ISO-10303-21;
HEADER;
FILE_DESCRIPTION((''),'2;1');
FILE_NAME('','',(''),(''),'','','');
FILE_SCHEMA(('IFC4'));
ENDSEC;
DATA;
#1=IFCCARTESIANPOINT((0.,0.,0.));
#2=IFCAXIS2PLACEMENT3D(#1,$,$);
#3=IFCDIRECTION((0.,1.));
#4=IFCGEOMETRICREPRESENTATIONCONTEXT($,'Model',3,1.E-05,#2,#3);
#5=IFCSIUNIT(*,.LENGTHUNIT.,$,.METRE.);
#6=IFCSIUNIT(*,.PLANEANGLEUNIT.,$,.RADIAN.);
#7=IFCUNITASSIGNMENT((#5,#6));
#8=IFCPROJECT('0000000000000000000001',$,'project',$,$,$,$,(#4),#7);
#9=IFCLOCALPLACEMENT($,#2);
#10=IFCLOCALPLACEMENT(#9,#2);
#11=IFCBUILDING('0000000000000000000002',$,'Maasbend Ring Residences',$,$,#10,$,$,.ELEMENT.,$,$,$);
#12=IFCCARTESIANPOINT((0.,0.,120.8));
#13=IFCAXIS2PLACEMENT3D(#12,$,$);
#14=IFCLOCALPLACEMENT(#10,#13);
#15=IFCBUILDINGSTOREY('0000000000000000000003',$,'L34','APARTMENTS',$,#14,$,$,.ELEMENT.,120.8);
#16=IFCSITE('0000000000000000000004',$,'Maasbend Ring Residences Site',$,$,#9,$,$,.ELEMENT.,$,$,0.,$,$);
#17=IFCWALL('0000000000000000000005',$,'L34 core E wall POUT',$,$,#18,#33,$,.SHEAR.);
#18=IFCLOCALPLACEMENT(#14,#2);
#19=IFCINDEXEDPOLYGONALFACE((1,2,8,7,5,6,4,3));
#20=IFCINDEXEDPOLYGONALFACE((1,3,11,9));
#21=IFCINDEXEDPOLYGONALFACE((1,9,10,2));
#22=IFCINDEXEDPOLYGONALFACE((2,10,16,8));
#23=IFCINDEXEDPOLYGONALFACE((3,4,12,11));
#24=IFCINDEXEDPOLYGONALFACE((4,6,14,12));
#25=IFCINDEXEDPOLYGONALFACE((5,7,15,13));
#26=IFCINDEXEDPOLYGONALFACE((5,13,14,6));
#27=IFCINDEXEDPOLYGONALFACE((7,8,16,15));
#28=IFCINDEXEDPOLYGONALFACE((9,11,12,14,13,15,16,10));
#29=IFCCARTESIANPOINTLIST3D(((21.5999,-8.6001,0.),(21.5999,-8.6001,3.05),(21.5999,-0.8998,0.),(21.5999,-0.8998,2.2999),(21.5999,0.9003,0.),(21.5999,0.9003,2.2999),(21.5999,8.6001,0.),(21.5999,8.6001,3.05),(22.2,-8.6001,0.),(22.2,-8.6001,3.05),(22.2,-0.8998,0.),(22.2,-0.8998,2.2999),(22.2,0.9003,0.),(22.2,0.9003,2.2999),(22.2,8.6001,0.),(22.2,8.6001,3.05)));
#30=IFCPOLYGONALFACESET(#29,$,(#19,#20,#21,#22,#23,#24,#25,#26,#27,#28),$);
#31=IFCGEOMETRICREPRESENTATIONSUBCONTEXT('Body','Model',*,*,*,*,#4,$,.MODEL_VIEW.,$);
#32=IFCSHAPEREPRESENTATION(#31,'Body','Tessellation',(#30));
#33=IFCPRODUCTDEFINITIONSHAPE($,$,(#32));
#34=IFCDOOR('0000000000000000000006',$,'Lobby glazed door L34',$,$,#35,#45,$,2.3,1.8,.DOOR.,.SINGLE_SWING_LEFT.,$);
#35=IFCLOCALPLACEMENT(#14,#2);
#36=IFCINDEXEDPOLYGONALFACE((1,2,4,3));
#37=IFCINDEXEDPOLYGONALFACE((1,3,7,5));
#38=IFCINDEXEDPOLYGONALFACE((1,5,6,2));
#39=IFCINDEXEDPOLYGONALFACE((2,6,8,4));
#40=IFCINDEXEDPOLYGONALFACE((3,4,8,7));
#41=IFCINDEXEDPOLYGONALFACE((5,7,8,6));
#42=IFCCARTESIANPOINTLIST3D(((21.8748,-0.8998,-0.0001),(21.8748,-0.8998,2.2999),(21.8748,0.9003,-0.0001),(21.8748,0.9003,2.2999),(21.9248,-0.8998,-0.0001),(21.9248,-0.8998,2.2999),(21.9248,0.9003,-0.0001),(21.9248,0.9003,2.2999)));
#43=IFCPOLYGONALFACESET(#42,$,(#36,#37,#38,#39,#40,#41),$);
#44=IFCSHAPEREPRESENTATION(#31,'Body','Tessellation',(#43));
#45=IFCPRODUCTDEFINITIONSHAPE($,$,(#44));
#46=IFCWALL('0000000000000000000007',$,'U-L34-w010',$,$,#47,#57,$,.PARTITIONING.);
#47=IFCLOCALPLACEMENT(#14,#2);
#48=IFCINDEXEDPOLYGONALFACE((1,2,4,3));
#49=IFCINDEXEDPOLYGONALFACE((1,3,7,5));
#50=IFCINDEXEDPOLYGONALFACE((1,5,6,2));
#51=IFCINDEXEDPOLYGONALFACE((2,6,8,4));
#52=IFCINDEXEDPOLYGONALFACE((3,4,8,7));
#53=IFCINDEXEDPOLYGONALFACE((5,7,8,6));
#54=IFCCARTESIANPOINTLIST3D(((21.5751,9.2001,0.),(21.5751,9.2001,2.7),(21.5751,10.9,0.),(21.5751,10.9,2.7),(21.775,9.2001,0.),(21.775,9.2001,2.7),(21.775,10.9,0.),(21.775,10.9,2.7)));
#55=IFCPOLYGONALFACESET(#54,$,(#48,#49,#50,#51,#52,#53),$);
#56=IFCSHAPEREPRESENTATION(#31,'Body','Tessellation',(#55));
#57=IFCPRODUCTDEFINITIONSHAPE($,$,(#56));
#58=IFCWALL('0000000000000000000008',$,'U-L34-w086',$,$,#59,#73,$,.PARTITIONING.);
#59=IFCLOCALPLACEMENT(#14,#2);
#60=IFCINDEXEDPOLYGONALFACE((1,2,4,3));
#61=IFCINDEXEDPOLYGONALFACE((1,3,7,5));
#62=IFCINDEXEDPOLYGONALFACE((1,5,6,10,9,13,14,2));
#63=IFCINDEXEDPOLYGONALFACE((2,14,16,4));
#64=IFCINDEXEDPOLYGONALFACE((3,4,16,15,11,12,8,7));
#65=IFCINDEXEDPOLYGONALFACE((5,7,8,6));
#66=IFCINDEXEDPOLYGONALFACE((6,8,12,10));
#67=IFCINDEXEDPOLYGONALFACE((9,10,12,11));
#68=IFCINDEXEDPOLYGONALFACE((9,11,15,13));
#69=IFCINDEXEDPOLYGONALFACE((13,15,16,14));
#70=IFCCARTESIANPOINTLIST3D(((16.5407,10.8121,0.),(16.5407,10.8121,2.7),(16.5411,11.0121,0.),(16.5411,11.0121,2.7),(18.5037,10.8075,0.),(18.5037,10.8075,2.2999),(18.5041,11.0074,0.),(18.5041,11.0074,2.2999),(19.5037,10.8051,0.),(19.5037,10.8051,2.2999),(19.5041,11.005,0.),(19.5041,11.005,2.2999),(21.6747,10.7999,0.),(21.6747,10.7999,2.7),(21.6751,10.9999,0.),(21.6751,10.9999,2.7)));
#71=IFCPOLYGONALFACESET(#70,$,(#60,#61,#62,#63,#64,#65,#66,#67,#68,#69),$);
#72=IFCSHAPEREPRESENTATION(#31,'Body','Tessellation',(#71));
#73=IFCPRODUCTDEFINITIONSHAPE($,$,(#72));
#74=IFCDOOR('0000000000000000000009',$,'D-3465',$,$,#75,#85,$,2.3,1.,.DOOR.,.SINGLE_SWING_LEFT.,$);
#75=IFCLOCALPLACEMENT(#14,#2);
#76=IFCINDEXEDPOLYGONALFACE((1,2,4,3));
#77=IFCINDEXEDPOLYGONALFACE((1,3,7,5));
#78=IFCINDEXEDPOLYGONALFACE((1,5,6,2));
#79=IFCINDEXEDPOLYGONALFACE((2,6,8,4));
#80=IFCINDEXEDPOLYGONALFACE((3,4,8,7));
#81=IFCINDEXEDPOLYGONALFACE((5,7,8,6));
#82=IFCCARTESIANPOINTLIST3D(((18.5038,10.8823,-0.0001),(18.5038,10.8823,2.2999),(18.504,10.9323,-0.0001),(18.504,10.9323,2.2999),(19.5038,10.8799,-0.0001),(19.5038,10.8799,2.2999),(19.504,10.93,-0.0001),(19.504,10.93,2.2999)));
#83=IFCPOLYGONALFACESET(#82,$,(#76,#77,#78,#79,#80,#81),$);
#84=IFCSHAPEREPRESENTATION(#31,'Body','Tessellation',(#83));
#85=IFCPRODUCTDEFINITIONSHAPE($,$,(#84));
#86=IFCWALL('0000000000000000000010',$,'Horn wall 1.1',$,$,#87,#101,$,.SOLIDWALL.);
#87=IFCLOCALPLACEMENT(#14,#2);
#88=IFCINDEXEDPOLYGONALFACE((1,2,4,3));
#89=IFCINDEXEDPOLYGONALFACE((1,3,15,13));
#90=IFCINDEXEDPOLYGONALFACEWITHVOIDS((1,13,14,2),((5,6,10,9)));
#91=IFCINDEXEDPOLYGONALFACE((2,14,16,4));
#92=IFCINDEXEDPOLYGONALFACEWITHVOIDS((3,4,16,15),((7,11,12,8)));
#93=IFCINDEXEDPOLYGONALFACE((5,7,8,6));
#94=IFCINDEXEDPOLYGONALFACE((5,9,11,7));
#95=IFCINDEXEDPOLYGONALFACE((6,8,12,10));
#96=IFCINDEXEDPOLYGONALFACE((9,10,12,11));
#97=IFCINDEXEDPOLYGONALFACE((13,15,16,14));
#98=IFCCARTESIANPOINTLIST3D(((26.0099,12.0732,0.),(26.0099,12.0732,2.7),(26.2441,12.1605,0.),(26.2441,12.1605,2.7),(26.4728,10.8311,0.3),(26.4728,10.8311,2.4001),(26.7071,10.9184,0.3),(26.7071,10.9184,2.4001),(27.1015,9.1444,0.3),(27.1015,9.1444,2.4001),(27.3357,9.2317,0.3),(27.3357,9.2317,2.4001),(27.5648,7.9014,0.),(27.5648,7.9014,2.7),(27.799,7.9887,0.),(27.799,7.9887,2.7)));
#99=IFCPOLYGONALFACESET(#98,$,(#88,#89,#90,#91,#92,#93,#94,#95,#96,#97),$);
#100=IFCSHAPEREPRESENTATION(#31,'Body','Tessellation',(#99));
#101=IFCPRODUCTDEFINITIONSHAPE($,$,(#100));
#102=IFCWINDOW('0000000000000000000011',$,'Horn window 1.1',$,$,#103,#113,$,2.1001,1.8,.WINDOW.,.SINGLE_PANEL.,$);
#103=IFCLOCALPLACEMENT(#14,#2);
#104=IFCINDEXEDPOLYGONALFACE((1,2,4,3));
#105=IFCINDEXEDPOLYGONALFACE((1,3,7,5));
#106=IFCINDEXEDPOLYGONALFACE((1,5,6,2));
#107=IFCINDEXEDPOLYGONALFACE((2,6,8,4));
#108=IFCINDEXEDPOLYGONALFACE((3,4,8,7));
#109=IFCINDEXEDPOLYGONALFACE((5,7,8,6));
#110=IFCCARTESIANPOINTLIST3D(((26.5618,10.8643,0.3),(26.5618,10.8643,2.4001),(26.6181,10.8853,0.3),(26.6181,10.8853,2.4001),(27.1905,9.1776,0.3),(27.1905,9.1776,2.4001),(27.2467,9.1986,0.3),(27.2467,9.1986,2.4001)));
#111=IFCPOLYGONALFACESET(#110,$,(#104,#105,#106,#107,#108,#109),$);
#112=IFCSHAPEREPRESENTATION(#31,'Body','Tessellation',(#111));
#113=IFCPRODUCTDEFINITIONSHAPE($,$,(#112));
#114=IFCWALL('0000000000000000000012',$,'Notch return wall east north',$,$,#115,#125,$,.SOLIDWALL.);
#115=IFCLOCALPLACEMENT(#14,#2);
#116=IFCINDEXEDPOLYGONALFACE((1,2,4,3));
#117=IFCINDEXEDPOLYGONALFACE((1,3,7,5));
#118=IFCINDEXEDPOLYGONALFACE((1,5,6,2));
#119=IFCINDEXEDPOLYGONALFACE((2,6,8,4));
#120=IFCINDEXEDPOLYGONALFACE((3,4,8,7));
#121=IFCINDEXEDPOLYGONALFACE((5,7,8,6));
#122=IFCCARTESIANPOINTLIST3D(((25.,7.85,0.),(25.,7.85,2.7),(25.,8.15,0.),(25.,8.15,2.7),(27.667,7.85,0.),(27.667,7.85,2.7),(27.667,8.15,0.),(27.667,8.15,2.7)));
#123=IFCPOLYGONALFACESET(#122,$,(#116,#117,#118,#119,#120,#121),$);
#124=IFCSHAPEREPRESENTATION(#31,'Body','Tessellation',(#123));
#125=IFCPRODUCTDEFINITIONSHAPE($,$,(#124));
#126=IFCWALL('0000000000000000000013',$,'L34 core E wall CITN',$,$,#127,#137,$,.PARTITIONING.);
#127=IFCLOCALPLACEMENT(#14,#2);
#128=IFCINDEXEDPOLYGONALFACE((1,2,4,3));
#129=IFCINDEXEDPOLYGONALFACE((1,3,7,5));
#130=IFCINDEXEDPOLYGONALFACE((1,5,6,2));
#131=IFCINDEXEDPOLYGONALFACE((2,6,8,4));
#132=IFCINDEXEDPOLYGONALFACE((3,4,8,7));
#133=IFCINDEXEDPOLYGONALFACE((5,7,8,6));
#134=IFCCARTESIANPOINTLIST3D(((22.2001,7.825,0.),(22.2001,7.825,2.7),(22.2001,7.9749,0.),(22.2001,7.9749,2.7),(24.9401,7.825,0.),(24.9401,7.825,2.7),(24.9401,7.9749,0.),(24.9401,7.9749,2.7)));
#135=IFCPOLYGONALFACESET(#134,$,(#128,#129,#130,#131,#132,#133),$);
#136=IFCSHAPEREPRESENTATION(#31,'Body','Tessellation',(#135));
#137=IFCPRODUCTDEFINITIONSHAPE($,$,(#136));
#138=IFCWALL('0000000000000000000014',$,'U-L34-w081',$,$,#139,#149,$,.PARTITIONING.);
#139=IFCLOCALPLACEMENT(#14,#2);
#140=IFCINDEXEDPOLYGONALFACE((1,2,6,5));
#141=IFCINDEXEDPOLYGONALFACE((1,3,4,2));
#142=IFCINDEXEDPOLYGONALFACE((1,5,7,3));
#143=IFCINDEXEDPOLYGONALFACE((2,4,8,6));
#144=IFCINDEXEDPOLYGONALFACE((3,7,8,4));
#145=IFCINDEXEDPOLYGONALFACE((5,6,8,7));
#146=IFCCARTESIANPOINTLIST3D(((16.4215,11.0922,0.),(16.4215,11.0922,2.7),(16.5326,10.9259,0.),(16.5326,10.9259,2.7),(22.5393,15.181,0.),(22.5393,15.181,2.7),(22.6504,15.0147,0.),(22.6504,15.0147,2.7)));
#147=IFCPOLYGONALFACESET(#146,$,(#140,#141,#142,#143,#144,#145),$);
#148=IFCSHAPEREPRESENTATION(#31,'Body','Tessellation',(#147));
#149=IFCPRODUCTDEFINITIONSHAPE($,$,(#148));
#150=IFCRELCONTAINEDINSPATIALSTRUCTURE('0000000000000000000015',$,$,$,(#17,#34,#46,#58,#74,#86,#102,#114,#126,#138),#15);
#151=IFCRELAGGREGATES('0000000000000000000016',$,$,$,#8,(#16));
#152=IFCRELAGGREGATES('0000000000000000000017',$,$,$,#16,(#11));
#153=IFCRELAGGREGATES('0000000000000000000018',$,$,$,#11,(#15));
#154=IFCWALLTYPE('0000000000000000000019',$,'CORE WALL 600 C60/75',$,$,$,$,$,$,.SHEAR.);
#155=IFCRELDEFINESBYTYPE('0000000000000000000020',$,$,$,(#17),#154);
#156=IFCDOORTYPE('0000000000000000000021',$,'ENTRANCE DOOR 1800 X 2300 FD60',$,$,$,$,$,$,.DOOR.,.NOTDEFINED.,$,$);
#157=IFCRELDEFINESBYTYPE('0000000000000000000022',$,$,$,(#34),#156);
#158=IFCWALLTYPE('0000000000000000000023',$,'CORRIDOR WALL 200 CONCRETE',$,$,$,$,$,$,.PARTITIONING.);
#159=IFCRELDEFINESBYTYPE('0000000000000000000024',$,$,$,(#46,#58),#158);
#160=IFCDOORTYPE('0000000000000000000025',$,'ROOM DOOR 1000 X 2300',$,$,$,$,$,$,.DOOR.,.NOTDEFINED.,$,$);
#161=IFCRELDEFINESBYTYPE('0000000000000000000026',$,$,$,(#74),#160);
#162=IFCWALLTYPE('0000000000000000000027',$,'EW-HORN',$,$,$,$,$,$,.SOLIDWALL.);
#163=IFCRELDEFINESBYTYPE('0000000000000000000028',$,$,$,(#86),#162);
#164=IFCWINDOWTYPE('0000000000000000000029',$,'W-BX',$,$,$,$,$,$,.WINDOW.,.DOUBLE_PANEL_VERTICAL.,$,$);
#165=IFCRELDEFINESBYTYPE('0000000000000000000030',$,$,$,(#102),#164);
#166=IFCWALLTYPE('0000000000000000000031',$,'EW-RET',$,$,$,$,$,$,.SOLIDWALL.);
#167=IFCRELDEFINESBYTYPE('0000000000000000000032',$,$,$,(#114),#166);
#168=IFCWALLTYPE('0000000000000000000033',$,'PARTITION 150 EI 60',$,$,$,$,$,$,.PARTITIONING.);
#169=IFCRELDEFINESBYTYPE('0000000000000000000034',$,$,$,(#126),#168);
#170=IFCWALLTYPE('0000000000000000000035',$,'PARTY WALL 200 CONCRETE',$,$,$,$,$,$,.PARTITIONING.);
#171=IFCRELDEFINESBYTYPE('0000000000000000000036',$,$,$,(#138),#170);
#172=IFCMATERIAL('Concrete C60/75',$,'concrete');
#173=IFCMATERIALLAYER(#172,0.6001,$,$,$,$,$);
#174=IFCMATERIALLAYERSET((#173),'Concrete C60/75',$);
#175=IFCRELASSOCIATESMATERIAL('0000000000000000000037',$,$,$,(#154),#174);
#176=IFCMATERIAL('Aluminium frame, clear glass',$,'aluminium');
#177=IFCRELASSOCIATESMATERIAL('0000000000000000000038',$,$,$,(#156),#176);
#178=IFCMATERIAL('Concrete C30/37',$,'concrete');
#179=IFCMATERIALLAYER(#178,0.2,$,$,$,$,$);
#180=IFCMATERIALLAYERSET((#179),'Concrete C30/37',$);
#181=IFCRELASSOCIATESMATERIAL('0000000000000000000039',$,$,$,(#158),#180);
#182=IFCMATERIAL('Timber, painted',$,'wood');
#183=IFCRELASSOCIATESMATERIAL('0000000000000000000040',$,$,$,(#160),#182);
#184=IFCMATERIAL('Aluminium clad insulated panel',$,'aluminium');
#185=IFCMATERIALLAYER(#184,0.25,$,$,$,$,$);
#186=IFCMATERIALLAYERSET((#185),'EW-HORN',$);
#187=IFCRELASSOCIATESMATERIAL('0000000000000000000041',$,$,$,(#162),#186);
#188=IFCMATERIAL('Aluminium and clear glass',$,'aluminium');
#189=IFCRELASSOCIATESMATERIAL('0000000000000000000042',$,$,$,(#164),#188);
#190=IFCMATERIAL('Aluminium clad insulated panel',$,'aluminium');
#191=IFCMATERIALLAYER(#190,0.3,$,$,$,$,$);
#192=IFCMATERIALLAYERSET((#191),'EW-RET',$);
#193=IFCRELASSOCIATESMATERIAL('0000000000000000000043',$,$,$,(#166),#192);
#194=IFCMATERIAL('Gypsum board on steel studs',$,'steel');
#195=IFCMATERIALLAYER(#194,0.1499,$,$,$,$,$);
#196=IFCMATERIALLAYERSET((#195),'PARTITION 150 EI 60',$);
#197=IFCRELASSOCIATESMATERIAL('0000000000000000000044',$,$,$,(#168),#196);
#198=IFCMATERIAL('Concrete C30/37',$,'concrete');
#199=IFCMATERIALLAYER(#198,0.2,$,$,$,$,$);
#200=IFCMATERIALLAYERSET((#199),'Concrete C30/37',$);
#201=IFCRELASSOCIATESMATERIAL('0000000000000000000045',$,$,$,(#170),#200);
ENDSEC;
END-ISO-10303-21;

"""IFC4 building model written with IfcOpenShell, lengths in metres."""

from ifc_helpers import new_model, si_unit, direction, frame, frame_2d, origin, place, context, subcontext, project, spatial, rectangle, extrude, material, layer, layer_set, type_object, element, fill, save


model = new_model("IFC4")

# Units and contexts
model_context = context("Model", 3, precision=1e-05, world=origin(), true_north=direction((0.0, 1.0)))
body_context = subcontext(model_context, "Body", "Model", "MODEL_VIEW")
ifc_project = project(units=[si_unit("LENGTHUNIT", "METRE"), si_unit("PLANEANGLEUNIT", "RADIAN")], contexts=[model_context])

# Site, building, storey
site_placement = place(None, origin())
site = spatial("IfcSite", under=ifc_project, at=site_placement, Name="Maasbend Ring Residences Site", CompositionType="ELEMENT", RefElevation=0.0)
building_placement = place(site_placement, origin())
building = spatial("IfcBuilding", under=site, at=building_placement, Name="Maasbend Ring Residences", CompositionType="ELEMENT")
storey_placement = place(building_placement, frame((0.0, 0.0, 120.8)))
storey = spatial("IfcBuildingStorey", under=building, at=storey_placement, Name="L34", Description="APARTMENTS", CompositionType="ELEMENT", Elevation=120.8)

# Wall, opening, door
ifc_material_1 = material(Name="Concrete C60/75", Category="concrete")
ifc_layer_1 = layer(ifc_material_1, 0.6001)
ifc_layer_set_1 = layer_set([ifc_layer_1], Name="Concrete C60/75")
wall_type_1 = type_object("IfcWallType", Name="CORE WALL 600 C60/75", PredefinedType="SHEAR", material=ifc_layer_set_1)
wall_1_placement = place(storey_placement, frame((21.8999, 8.6001, 0.0), z_axis=(0.0, 0.0, 1.0), x_axis=(0.0, -1.0, 0.0)))
wall_1 = element("IfcWall", 1, at=wall_1_placement, inside=storey, type_object=wall_type_1, Name="L34 core E wall POUT", PredefinedType="SHEAR", context=body_context, shape_type="SweptSolid", body=[
    extrude(rectangle(XDim=17.2002, YDim=0.6001, at=frame_2d((8.6001, 0.0))), origin(), (0.0, 0.0, 1.0), 3.05),
])
opening_1_placement = place(wall_1_placement, frame((7.7, 0.0, 0.0)))
opening_1 = element("IfcOpeningElement", 2, at=opening_1_placement, cuts=wall_1, PredefinedType="OPENING", context=body_context, shape_type="SweptSolid", body=[
    extrude(rectangle(XDim=1.8, YDim=2.3, at=frame_2d((0.8999, 1.1499))), frame((0.0, 0.3101, 0.0), z_axis=(0.0, -1.0, 0.0), x_axis=(1.0, 0.0, 0.0)), (0.0, 0.0, 1.0), 0.6201),
])
ifc_material_2 = material(Name="Aluminium frame, clear glass", Category="aluminium")
door_type_1 = type_object("IfcDoorType", Name="ENTRANCE DOOR 1800 X 2300 FD60", OperationType="NOTDEFINED", PredefinedType="DOOR", material=ifc_material_2)
door_1_placement = place(opening_1_placement, origin())
door_1 = element("IfcDoor", 3, at=door_1_placement, inside=storey, type_object=door_type_1, Name="Lobby glazed door L34", OperationType="SINGLE_SWING_LEFT", OverallHeight=2.3, OverallWidth=1.8, PredefinedType="DOOR", context=body_context, shape_type="SweptSolid", body=[
    extrude(rectangle(XDim=1.8, YDim=2.3, at=frame_2d((0.8999, 1.1499))), frame((0.0, 0.0249, 0.0), z_axis=(0.0, -1.0, 0.0), x_axis=(1.0, 0.0, 0.0)), (0.0, 0.0, 1.0), 0.05),
])
fill(opening_1, door_1)

# Wall
ifc_material_3 = material(Name="Concrete C30/37", Category="concrete")
ifc_layer_2 = layer(ifc_material_3, 0.2)
ifc_layer_set_2 = layer_set([ifc_layer_2], Name="Concrete C30/37")
wall_type_2 = type_object("IfcWallType", Name="CORRIDOR WALL 200 CONCRETE", PredefinedType="PARTITIONING", material=ifc_layer_set_2)
wall_2_placement = place(storey_placement, frame((21.675, 9.2, 0.0), z_axis=(0.0, 0.0, 1.0), x_axis=(0.0, 1.0, 0.0)))
element("IfcWall", 4, at=wall_2_placement, inside=storey, type_object=wall_type_2, Name="U-L34-w010", PredefinedType="PARTITIONING", context=body_context, shape_type="SweptSolid", body=[
    extrude(rectangle(XDim=1.7, YDim=0.2, at=frame_2d((0.8501, 0.0))), origin(), (0.0, 0.0, 1.0), 2.7),
])

# Wall, opening, door
wall_3_placement = place(storey_placement, frame((16.541, 10.9121, 0.0), z_axis=(0.0, 0.0, 1.0), x_axis=(0.999997, -0.002378, 0.0)))
wall_3 = element("IfcWall", 5, at=wall_3_placement, inside=storey, type_object=wall_type_2, Name="U-L34-w086", PredefinedType="PARTITIONING", context=body_context, shape_type="SweptSolid", body=[
    extrude(rectangle(XDim=5.134, YDim=0.2, at=frame_2d((2.5669, 0.0))), origin(), (0.0, 0.0, 1.0), 2.7),
])
opening_2_placement = place(wall_3_placement, frame((1.9629, 0.0, 0.0)))
opening_2 = element("IfcOpeningElement", 6, at=opening_2_placement, cuts=wall_3, PredefinedType="OPENING", context=body_context, shape_type="SweptSolid", body=[
    extrude(rectangle(XDim=1.0, YDim=2.3, at=frame_2d((0.5, 1.1499))), frame((0.0, 0.1099, 0.0), z_axis=(0.0, -1.0, 0.0), x_axis=(1.0, 0.0, 0.0)), (0.0, 0.0, 1.0), 0.22),
])
ifc_material_4 = material(Name="Timber, painted", Category="wood")
door_type_2 = type_object("IfcDoorType", Name="ROOM DOOR 1000 X 2300", OperationType="NOTDEFINED", PredefinedType="DOOR", material=ifc_material_4)
door_2_placement = place(opening_2_placement, origin())
door_2 = element("IfcDoor", 7, at=door_2_placement, inside=storey, type_object=door_type_2, Name="D-3465", OperationType="SINGLE_SWING_LEFT", OverallHeight=2.3, OverallWidth=1.0, PredefinedType="DOOR", context=body_context, shape_type="SweptSolid", body=[
    extrude(rectangle(XDim=1.0, YDim=2.3, at=frame_2d((0.5, 1.1499))), frame((0.0, 0.0249, 0.0), z_axis=(0.0, -1.0, 0.0), x_axis=(1.0, 0.0, 0.0)), (0.0, 0.0, 1.0), 0.05),
])
fill(opening_2, door_2)

# Wall, opening, window
ifc_material_5 = material(Name="Aluminium clad insulated panel", Category="aluminium")
ifc_layer_3 = layer(ifc_material_5, 0.25)
ifc_layer_set_3 = layer_set([ifc_layer_3], Name="EW-HORN")
wall_type_3 = type_object("IfcWallType", Name="EW-HORN", PredefinedType="SOLIDWALL", material=ifc_layer_set_3)
wall_4_placement = place(storey_placement, frame((27.6819, 7.9451, 0.0), z_axis=(0.0, 0.0, 1.0), x_axis=(-0.349248, 0.93703, 0.0)))
wall_4 = element("IfcWall", 8, at=wall_4_placement, inside=storey, type_object=wall_type_3, Name="Horn wall 1.1", PredefinedType="SOLIDWALL", context=body_context, shape_type="SweptSolid", body=[
    extrude(rectangle(XDim=4.4521, YDim=0.25, at=frame_2d((2.2261, 0.0))), origin(), (0.0, 0.0, 1.0), 2.7),
])
opening_3_placement = place(wall_4_placement, frame((1.3267, 0.0, 0.3)))
opening_3 = element("IfcOpeningElement", 9, at=opening_3_placement, cuts=wall_4, PredefinedType="OPENING", context=body_context, shape_type="SweptSolid", body=[
    extrude(rectangle(XDim=1.8, YDim=2.1001, at=frame_2d((0.8999, 1.05))), frame((0.0, 0.135, 0.0), z_axis=(0.0, -1.0, 0.0), x_axis=(1.0, 0.0, 0.0)), (0.0, 0.0, 1.0), 0.27),
])
ifc_material_6 = material(Name="Aluminium and clear glass", Category="aluminium")
window_type = type_object("IfcWindowType", Name="W-BX", PartitioningType="DOUBLE_PANEL_VERTICAL", PredefinedType="WINDOW", material=ifc_material_6)
window_placement = place(opening_3_placement, origin())
window = element("IfcWindow", 10, at=window_placement, inside=storey, type_object=window_type, Name="Horn window 1.1", OverallHeight=2.1001, OverallWidth=1.8, PartitioningType="SINGLE_PANEL", PredefinedType="WINDOW", context=body_context, shape_type="SweptSolid", body=[
    extrude(rectangle(XDim=1.8, YDim=2.1001, at=frame_2d((0.8999, 1.05))), frame((0.0, 0.03, 0.0), z_axis=(0.0, -1.0, 0.0), x_axis=(1.0, 0.0, 0.0)), (0.0, 0.0, 1.0), 0.0601),
])
fill(opening_3, window)

# Walls
ifc_material_7 = material(Name="Aluminium clad insulated panel", Category="aluminium")
ifc_layer_4 = layer(ifc_material_7, 0.3)
ifc_layer_set_4 = layer_set([ifc_layer_4], Name="EW-RET")
wall_type_4 = type_object("IfcWallType", Name="EW-RET", PredefinedType="SOLIDWALL", material=ifc_layer_set_4)
wall_5_placement = place(storey_placement, frame((25.0, 8.0, 0.0), z_axis=(0.0, 0.0, 1.0), x_axis=(1.0, 0.0, 0.0)))
element("IfcWall", 11, at=wall_5_placement, inside=storey, type_object=wall_type_4, Name="Notch return wall east north", PredefinedType="SOLIDWALL", context=body_context, shape_type="SweptSolid", body=[
    extrude(rectangle(XDim=2.667, YDim=0.3, at=frame_2d((1.3335, 0.0))), origin(), (0.0, 0.0, 1.0), 2.7),
])
ifc_material_8 = material(Name="Gypsum board on steel studs", Category="steel")
ifc_layer_5 = layer(ifc_material_8, 0.1499)
ifc_layer_set_5 = layer_set([ifc_layer_5], Name="PARTITION 150 EI 60")
wall_type_5 = type_object("IfcWallType", Name="PARTITION 150 EI 60", PredefinedType="PARTITIONING", material=ifc_layer_set_5)
wall_6_placement = place(storey_placement, frame((22.2, 7.8999, 0.0), z_axis=(0.0, 0.0, 1.0), x_axis=(1.0, 0.0, 0.0)))
element("IfcWall", 12, at=wall_6_placement, inside=storey, type_object=wall_type_5, Name="L34 core E wall CITN", PredefinedType="PARTITIONING", context=body_context, shape_type="SweptSolid", body=[
    extrude(rectangle(XDim=2.74, YDim=0.1499, at=frame_2d((1.3701, 0.0))), origin(), (0.0, 0.0, 1.0), 2.7),
])
ifc_material_9 = material(Name="Concrete C30/37", Category="concrete")
ifc_layer_6 = layer(ifc_material_9, 0.2)
ifc_layer_set_6 = layer_set([ifc_layer_6], Name="Concrete C30/37")
wall_type_6 = type_object("IfcWallType", Name="PARTY WALL 200 CONCRETE", PredefinedType="PARTITIONING", material=ifc_layer_set_6)
wall_7_placement = place(storey_placement, frame((16.4771, 11.009, 0.0), z_axis=(0.0, 0.0, 1.0), x_axis=(0.831407, 0.555665, 0.0)))
element("IfcWall", 13, at=wall_7_placement, inside=storey, type_object=wall_type_6, Name="U-L34-w081", PredefinedType="PARTITIONING", context=body_context, shape_type="SweptSolid", body=[
    extrude(rectangle(XDim=7.3584, YDim=0.2, at=frame_2d((3.6792, 0.0))), origin(), (0.0, 0.0, 1.0), 2.7),
])

save(model, "model.ifc")
